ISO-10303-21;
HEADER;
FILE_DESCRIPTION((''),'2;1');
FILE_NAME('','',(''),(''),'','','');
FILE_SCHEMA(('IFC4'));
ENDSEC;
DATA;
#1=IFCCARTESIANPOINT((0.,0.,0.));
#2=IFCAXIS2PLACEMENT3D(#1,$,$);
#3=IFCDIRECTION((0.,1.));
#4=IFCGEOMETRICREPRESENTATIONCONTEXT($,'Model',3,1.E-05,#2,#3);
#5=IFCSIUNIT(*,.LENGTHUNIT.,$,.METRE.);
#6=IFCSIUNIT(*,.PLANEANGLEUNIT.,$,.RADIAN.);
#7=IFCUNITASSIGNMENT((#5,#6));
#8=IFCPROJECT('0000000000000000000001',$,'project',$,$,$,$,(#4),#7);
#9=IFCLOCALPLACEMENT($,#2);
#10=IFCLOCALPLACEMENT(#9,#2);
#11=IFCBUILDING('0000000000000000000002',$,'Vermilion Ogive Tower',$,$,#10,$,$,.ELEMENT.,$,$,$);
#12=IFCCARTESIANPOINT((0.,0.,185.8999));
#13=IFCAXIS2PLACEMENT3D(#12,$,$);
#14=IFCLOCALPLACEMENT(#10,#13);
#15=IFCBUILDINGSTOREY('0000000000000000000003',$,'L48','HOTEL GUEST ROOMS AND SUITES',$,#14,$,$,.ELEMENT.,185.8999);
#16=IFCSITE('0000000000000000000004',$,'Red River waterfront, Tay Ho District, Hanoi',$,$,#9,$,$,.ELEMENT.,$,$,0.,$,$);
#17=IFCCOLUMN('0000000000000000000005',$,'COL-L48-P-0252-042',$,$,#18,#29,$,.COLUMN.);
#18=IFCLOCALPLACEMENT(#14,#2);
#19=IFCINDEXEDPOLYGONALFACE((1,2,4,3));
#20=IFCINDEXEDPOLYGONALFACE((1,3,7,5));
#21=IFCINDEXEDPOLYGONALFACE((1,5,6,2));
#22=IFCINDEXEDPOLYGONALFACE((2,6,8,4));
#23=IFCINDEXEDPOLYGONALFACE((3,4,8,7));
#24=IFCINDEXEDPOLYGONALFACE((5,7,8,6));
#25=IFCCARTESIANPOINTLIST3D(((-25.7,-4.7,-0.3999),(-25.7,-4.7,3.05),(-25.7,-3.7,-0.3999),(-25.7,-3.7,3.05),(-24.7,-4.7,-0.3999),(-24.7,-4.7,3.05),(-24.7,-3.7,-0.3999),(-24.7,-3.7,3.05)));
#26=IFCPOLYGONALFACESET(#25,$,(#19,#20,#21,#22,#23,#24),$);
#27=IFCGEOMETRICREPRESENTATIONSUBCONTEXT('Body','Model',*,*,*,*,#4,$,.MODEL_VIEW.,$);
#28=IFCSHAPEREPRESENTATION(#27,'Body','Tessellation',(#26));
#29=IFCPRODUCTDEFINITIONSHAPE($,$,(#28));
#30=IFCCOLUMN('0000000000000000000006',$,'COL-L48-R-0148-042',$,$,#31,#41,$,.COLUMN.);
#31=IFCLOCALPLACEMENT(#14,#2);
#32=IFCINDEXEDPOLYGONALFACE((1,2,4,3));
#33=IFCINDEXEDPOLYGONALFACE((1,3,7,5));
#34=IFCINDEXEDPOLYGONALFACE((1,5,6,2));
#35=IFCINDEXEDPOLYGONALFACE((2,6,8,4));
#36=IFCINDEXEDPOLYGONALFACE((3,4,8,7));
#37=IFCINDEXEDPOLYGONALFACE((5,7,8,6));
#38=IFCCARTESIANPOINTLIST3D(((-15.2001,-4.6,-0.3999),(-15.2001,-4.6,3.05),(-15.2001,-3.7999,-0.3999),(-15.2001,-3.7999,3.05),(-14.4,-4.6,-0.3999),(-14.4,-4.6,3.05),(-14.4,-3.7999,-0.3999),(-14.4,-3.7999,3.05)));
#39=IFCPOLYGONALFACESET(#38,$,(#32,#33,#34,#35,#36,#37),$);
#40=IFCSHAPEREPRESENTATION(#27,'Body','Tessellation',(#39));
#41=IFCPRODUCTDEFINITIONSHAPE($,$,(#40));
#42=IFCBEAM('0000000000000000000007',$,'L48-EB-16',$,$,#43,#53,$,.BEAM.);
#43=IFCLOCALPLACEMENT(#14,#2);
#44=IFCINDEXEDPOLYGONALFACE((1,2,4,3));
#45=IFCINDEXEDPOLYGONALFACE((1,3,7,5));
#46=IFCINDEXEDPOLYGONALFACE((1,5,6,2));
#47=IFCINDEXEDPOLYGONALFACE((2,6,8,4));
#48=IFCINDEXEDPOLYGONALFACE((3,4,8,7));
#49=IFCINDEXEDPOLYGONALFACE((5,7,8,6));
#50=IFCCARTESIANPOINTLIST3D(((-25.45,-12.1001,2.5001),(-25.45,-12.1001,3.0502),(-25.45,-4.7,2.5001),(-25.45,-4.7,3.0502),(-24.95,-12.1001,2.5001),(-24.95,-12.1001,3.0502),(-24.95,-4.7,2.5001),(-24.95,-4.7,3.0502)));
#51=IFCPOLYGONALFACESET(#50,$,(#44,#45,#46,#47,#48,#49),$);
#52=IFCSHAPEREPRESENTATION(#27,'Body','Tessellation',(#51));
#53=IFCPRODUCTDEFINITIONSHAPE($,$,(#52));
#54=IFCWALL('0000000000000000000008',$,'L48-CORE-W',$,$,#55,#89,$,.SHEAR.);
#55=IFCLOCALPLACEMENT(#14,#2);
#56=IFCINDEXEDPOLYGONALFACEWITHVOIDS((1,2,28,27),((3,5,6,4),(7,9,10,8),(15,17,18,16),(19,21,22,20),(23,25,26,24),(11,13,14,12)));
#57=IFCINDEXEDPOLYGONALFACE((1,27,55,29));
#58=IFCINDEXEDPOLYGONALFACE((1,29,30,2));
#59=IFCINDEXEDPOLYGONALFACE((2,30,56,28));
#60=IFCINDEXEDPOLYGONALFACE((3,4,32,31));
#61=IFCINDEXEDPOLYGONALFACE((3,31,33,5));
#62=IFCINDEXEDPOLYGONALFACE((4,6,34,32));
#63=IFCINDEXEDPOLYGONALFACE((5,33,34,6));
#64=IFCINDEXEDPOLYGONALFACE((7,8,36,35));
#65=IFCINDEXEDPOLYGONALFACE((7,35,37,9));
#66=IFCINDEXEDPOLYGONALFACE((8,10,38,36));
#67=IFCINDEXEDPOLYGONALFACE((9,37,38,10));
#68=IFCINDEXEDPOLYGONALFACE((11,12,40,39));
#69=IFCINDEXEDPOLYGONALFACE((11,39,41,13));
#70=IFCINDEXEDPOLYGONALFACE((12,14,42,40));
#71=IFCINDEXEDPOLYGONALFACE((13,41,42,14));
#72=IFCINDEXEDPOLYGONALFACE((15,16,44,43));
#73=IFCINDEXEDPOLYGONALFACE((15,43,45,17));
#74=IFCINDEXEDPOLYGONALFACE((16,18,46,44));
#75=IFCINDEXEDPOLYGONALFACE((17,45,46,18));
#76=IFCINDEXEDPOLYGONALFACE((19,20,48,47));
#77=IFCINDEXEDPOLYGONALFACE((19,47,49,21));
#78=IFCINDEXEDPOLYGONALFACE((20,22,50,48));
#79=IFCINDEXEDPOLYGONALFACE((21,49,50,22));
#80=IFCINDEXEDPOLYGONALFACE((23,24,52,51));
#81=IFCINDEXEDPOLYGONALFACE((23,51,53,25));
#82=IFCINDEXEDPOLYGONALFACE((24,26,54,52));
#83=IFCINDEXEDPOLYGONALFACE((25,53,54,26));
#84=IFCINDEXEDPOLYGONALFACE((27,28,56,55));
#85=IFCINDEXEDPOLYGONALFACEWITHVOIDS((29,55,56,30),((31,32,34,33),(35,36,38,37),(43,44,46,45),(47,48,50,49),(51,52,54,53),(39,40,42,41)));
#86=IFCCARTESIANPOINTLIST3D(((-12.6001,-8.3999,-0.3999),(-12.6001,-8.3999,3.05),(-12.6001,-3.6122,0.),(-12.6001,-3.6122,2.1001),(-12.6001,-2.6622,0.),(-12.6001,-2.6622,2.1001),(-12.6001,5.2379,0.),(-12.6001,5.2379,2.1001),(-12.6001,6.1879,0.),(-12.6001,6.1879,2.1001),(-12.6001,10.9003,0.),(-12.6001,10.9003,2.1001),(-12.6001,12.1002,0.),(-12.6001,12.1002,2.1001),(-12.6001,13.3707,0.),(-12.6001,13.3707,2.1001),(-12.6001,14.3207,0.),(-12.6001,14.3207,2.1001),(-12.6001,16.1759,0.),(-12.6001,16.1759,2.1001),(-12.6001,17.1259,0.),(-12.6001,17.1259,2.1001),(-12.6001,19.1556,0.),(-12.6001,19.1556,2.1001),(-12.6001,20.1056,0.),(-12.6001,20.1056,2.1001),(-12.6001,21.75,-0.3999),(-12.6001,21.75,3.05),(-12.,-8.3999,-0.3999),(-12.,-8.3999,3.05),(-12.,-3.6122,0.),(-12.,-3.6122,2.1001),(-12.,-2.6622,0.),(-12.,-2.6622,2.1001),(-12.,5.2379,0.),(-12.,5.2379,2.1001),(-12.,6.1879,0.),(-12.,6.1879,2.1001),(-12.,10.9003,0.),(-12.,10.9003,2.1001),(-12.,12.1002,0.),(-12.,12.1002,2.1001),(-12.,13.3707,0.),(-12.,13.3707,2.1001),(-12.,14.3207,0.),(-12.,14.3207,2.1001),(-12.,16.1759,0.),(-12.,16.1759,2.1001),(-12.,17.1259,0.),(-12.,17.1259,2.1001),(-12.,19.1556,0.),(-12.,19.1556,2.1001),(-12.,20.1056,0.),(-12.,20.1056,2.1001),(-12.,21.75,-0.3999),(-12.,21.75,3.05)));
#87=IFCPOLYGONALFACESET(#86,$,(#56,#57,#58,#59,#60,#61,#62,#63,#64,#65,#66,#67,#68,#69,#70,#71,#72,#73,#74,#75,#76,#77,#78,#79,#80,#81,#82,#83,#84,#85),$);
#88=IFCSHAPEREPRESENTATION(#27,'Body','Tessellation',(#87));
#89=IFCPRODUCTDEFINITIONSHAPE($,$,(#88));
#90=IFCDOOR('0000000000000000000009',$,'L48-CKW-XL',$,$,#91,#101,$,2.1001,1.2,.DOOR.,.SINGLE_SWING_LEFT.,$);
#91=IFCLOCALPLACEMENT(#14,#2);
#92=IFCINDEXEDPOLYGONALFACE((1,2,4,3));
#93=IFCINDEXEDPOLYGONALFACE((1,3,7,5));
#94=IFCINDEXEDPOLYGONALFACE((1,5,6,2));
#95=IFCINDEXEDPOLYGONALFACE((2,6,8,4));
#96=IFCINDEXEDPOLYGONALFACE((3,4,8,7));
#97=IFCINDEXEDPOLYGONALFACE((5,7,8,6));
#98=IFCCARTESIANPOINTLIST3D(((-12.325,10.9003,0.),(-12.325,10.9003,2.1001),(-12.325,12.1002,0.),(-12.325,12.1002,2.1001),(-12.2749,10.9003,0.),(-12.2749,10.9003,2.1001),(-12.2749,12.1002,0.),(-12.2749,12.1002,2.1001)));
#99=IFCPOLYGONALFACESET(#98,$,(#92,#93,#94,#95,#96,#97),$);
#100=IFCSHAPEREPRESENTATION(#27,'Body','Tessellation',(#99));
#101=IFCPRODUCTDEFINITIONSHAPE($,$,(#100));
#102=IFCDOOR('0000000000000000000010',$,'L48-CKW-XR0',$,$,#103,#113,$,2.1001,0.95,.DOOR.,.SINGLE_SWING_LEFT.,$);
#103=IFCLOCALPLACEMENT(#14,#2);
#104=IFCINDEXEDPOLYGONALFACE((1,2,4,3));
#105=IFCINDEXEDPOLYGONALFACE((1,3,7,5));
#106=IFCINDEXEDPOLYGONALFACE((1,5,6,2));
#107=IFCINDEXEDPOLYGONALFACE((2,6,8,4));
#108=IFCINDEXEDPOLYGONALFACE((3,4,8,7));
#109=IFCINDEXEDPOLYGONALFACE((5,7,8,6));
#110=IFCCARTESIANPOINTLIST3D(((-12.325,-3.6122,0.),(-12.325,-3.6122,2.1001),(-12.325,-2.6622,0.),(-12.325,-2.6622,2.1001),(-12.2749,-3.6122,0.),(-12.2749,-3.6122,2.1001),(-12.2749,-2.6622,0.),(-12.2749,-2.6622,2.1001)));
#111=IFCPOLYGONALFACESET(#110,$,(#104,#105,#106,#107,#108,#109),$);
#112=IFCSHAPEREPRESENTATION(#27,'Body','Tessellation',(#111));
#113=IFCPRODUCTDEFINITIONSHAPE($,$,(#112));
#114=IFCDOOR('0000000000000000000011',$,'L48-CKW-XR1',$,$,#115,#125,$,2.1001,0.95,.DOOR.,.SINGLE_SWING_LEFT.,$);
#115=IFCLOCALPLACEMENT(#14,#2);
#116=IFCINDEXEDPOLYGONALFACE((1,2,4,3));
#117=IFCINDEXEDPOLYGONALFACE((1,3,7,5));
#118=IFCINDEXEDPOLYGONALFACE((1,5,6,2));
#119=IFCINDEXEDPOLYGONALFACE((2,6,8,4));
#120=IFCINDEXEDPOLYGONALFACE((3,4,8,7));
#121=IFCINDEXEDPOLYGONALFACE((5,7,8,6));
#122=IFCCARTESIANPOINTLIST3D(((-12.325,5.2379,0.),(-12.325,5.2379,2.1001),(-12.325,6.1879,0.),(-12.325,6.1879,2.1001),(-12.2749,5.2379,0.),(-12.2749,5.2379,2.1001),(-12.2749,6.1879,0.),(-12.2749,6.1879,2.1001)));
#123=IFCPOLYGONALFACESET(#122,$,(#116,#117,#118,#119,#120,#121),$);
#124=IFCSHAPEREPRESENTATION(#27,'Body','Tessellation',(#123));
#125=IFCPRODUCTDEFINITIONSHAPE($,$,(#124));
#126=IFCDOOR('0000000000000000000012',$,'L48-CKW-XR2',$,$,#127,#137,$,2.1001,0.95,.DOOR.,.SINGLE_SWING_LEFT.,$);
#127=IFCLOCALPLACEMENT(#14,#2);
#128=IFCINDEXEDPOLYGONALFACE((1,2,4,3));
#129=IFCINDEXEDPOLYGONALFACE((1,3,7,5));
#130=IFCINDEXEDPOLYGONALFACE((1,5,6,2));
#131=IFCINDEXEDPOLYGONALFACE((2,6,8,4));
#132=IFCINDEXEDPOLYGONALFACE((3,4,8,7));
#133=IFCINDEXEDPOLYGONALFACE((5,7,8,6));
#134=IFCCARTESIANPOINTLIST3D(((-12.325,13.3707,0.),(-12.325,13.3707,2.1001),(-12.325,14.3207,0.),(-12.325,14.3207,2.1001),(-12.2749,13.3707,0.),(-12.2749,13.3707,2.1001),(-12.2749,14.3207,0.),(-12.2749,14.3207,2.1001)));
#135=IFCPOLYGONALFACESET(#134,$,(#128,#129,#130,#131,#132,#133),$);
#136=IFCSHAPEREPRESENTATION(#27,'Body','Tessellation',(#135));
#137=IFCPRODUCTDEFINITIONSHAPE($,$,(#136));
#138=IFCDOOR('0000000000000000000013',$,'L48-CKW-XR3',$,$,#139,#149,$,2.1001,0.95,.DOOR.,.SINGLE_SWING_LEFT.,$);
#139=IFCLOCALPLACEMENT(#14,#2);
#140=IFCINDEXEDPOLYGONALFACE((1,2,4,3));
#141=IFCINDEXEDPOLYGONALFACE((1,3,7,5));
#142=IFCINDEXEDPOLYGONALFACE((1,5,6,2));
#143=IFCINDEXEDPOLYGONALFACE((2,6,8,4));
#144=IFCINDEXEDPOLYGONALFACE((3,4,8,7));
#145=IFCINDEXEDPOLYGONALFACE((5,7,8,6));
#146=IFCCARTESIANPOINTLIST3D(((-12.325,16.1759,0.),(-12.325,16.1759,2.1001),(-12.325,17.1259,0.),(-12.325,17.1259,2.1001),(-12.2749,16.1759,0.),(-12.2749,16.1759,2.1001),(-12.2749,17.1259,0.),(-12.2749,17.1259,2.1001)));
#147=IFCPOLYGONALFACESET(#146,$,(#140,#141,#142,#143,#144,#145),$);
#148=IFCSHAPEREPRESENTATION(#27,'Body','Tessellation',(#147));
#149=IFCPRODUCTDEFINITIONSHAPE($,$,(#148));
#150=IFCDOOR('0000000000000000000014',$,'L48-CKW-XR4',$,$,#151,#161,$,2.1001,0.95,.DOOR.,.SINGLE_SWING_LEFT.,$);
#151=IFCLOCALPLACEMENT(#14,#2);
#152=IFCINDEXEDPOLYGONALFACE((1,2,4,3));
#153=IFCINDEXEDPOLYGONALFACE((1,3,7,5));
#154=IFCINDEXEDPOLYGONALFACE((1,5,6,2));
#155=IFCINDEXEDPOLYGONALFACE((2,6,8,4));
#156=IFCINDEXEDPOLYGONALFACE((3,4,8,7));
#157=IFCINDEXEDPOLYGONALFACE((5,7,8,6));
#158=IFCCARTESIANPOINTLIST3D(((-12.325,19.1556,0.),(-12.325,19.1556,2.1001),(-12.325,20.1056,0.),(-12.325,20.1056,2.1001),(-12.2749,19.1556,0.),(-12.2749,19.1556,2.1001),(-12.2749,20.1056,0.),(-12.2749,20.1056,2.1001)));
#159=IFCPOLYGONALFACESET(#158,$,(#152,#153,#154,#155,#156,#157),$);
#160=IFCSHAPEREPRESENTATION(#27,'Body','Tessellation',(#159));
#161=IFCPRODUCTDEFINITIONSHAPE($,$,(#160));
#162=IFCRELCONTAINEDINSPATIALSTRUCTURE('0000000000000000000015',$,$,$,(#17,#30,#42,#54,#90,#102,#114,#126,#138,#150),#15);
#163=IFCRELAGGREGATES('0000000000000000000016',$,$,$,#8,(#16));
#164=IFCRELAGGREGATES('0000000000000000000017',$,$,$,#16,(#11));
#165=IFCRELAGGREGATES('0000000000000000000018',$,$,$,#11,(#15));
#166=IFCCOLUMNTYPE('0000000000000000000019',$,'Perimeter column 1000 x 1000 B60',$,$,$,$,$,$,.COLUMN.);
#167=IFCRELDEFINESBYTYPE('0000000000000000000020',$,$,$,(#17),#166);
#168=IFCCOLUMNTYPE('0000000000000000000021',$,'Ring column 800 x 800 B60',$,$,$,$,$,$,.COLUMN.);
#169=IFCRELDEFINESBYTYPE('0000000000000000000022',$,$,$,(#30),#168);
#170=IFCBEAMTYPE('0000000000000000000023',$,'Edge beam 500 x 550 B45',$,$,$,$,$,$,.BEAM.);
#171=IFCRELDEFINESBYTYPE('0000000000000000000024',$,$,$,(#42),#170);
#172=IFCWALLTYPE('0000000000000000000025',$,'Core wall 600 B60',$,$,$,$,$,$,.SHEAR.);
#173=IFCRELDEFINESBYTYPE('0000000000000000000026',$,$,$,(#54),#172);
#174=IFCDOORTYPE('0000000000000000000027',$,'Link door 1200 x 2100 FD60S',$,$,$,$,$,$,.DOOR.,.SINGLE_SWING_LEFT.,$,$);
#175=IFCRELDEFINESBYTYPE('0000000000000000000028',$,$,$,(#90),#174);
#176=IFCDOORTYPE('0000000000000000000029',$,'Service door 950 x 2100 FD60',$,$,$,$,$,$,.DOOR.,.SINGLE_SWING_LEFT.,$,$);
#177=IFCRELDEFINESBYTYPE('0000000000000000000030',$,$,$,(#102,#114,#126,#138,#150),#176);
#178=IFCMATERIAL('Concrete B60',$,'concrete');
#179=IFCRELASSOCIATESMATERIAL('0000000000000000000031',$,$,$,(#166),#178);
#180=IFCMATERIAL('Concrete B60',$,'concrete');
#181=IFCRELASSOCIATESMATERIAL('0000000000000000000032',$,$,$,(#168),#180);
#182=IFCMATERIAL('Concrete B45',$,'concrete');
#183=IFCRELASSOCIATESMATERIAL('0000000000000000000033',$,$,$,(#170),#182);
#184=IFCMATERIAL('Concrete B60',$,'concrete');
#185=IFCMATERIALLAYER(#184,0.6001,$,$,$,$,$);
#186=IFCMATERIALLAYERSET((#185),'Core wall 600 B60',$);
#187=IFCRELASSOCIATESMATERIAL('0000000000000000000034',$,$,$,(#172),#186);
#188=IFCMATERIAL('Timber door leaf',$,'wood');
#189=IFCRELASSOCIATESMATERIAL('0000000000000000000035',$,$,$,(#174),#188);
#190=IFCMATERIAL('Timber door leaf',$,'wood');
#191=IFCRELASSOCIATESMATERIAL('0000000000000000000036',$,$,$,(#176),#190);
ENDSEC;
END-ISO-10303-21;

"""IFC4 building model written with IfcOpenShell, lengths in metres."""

from ifc_helpers import new_model, si_unit, direction, frame, frame_2d, origin, origin_2d, place, context, subcontext, project, spatial, rectangle, extrude, material, layer, layer_set, material_profile, profile_set, type_object, element, fill, save


model = new_model("IFC4")

# Units and contexts
model_context = context("Model", 3, precision=1e-05, world=origin(), true_north=direction((0.0, 1.0)))
body_context = subcontext(model_context, "Body", "Model", "MODEL_VIEW")
ifc_project = project(units=[si_unit("LENGTHUNIT", "METRE"), si_unit("PLANEANGLEUNIT", "RADIAN")], contexts=[model_context])

# Site, building, storey
site_placement = place(None, origin())
site = spatial("IfcSite", under=ifc_project, at=site_placement, Name="Red River waterfront, Tay Ho District, Hanoi", CompositionType="ELEMENT", RefElevation=0.0)
building_placement = place(site_placement, origin())
building = spatial("IfcBuilding", under=site, at=building_placement, Name="Vermilion Ogive Tower", CompositionType="ELEMENT")
storey_placement = place(building_placement, frame((0.0, 0.0, 185.8999)))
storey = spatial("IfcBuildingStorey", under=building, at=storey_placement, Name="L48", Description="HOTEL GUEST ROOMS AND SUITES", CompositionType="ELEMENT", Elevation=185.8999)

# Columns
ifc_material_1 = material(Name="Concrete B60", Category="concrete")
ifc_material_profile_1 = material_profile(ifc_material_1, rectangle(XDim=1.0, YDim=1.0, at=origin_2d()), Name="1000 x 1000")
ifc_profile_set_1 = profile_set([ifc_material_profile_1], Name="Concrete B60")
column_type_1 = type_object("IfcColumnType", Name="Perimeter column 1000 x 1000 B60", PredefinedType="COLUMN", material=ifc_profile_set_1)
column_1_placement = place(storey_placement, frame((-25.2, -4.2, -0.3999), z_axis=(0.0, 0.0, 1.0), x_axis=(1.0, 0.0, 0.0)))
element("IfcColumn", 1, at=column_1_placement, inside=storey, type_object=column_type_1, Name="COL-L48-P-0252-042", PredefinedType="COLUMN", context=body_context, shape_type="SweptSolid", body=[
    extrude(rectangle(XDim=1.0, YDim=1.0, at=origin_2d()), origin(), (0.0, 0.0, 1.0), 3.45),
])
ifc_material_2 = material(Name="Concrete B60", Category="concrete")
ifc_material_profile_2 = material_profile(ifc_material_2, rectangle(XDim=0.8, YDim=0.8, at=origin_2d()), Name="800 x 800")
ifc_profile_set_2 = profile_set([ifc_material_profile_2], Name="Concrete B60")
column_type_2 = type_object("IfcColumnType", Name="Ring column 800 x 800 B60", PredefinedType="COLUMN", material=ifc_profile_set_2)
column_2_placement = place(storey_placement, frame((-14.8, -4.2, -0.3999), z_axis=(0.0, 0.0, 1.0), x_axis=(1.0, 0.0, 0.0)))
element("IfcColumn", 2, at=column_2_placement, inside=storey, type_object=column_type_2, Name="COL-L48-R-0148-042", PredefinedType="COLUMN", context=body_context, shape_type="SweptSolid", body=[
    extrude(rectangle(XDim=0.8, YDim=0.8, at=origin_2d()), origin(), (0.0, 0.0, 1.0), 3.45),
])

# Beam
ifc_material_3 = material(Name="Concrete B45", Category="concrete")
ifc_material_profile_3 = material_profile(ifc_material_3, rectangle(XDim=0.5, YDim=0.55, at=origin_2d()), Name="500 x 550")
ifc_profile_set_3 = profile_set([ifc_material_profile_3], Name="Concrete B45")
beam_type = type_object("IfcBeamType", Name="Edge beam 500 x 550 B45", PredefinedType="BEAM", material=ifc_profile_set_3)
beam_placement = place(storey_placement, frame((-25.2, -4.7, 2.7751), z_axis=(0.0, -1.0, 0.0), x_axis=(1.0, 0.0, 0.0)))
element("IfcBeam", 3, at=beam_placement, inside=storey, type_object=beam_type, Name="L48-EB-16", PredefinedType="BEAM", context=body_context, shape_type="SweptSolid", body=[
    extrude(rectangle(XDim=0.5, YDim=0.55, at=origin_2d()), origin(), (0.0, 0.0, 1.0), 7.4001),
])

# Wall, openings, doors
ifc_material_4 = material(Name="Concrete B60", Category="concrete")
ifc_layer_1 = layer(ifc_material_4, 0.6001)
ifc_layer_set_1 = layer_set([ifc_layer_1], Name="Core wall 600 B60")
wall_type_1 = type_object("IfcWallType", Name="Core wall 600 B60", PredefinedType="SHEAR", material=ifc_layer_set_1)
wall_1_placement = place(storey_placement, frame((-12.3, -8.3999, -0.3999), z_axis=(0.0, 0.0, 1.0), x_axis=(0.0, 1.0, 0.0)))
wall_1 = element("IfcWall", 4, at=wall_1_placement, inside=storey, type_object=wall_type_1, Name="L48-CORE-W", PredefinedType="SHEAR", context=body_context, shape_type="SweptSolid", body=[
    extrude(rectangle(XDim=30.1499, YDim=0.6001, at=frame_2d((15.075, 0.0))), origin(), (0.0, 0.0, 1.0), 3.45),
])
opening_1_placement = place(wall_1_placement, frame((4.7876, 0.0, 0.3999)))
opening_1 = element("IfcOpeningElement", 5, at=opening_1_placement, cuts=wall_1, PredefinedType="OPENING", context=body_context, shape_type="SweptSolid", body=[
    extrude(rectangle(XDim=0.95, YDim=2.1001, at=frame_2d((0.4751, 1.05))), frame((0.0, 0.3101, 0.0), z_axis=(0.0, -1.0, 0.0), x_axis=(1.0, 0.0, 0.0)), (0.0, 0.0, 1.0), 0.6201),
])
opening_2_placement = place(wall_1_placement, frame((13.6377, 0.0, 0.3999)))
opening_2 = element("IfcOpeningElement", 6, at=opening_2_placement, cuts=wall_1, PredefinedType="OPENING", context=body_context, shape_type="SweptSolid", body=[
    extrude(rectangle(XDim=0.95, YDim=2.1001, at=frame_2d((0.4751, 1.05))), frame((0.0, 0.3101, 0.0), z_axis=(0.0, -1.0, 0.0), x_axis=(1.0, 0.0, 0.0)), (0.0, 0.0, 1.0), 0.6201),
])
opening_3_placement = place(wall_1_placement, frame((21.7705, 0.0, 0.3999)))
opening_3 = element("IfcOpeningElement", 7, at=opening_3_placement, cuts=wall_1, PredefinedType="OPENING", context=body_context, shape_type="SweptSolid", body=[
    extrude(rectangle(XDim=0.95, YDim=2.1001, at=frame_2d((0.4751, 1.05))), frame((0.0, 0.3101, 0.0), z_axis=(0.0, -1.0, 0.0), x_axis=(1.0, 0.0, 0.0)), (0.0, 0.0, 1.0), 0.6201),
])
opening_4_placement = place(wall_1_placement, frame((24.5757, 0.0, 0.3999)))
opening_4 = element("IfcOpeningElement", 8, at=opening_4_placement, cuts=wall_1, PredefinedType="OPENING", context=body_context, shape_type="SweptSolid", body=[
    extrude(rectangle(XDim=0.95, YDim=2.1001, at=frame_2d((0.4751, 1.05))), frame((0.0, 0.3101, 0.0), z_axis=(0.0, -1.0, 0.0), x_axis=(1.0, 0.0, 0.0)), (0.0, 0.0, 1.0), 0.6201),
])
opening_5_placement = place(wall_1_placement, frame((27.5554, 0.0, 0.3999)))
opening_5 = element("IfcOpeningElement", 9, at=opening_5_placement, cuts=wall_1, PredefinedType="OPENING", context=body_context, shape_type="SweptSolid", body=[
    extrude(rectangle(XDim=0.95, YDim=2.1001, at=frame_2d((0.4751, 1.05))), frame((0.0, 0.3101, 0.0), z_axis=(0.0, -1.0, 0.0), x_axis=(1.0, 0.0, 0.0)), (0.0, 0.0, 1.0), 0.6201),
])
opening_6_placement = place(wall_1_placement, frame((19.3, 0.0, 0.3999)))
opening_6 = element("IfcOpeningElement", 10, at=opening_6_placement, cuts=wall_1, PredefinedType="OPENING", context=body_context, shape_type="SweptSolid", body=[
    extrude(rectangle(XDim=1.2, YDim=2.1001, at=frame_2d((0.6001, 1.05))), frame((0.0, 0.3101, 0.0), z_axis=(0.0, -1.0, 0.0), x_axis=(1.0, 0.0, 0.0)), (0.0, 0.0, 1.0), 0.6201),
])
ifc_material_5 = material(Name="Timber door leaf", Category="wood")
door_type_1 = type_object("IfcDoorType", Name="Link door 1200 x 2100 FD60S", OperationType="SINGLE_SWING_LEFT", PredefinedType="DOOR", material=ifc_material_5)
door_1_placement = place(opening_6_placement, origin())
door_1 = element("IfcDoor", 11, at=door_1_placement, inside=storey, type_object=door_type_1, Name="L48-CKW-XL", OperationType="SINGLE_SWING_LEFT", OverallHeight=2.1001, OverallWidth=1.2, PredefinedType="DOOR", context=body_context, shape_type="SweptSolid", body=[
    extrude(rectangle(XDim=1.2, YDim=2.1001, at=frame_2d((0.6001, 1.05))), frame((0.0, 0.0249, 0.0), z_axis=(0.0, -1.0, 0.0), x_axis=(1.0, 0.0, 0.0)), (0.0, 0.0, 1.0), 0.05),
])
fill(opening_6, door_1)
ifc_material_6 = material(Name="Timber door leaf", Category="wood")
door_type_2 = type_object("IfcDoorType", Name="Service door 950 x 2100 FD60", OperationType="SINGLE_SWING_LEFT", PredefinedType="DOOR", material=ifc_material_6)
door_2_placement = place(opening_1_placement, origin())
door_2 = element("IfcDoor", 12, at=door_2_placement, inside=storey, type_object=door_type_2, Name="L48-CKW-XR0", OperationType="SINGLE_SWING_LEFT", OverallHeight=2.1001, OverallWidth=0.95, PredefinedType="DOOR", context=body_context, shape_type="SweptSolid", body=[
    extrude(rectangle(XDim=0.95, YDim=2.1001, at=frame_2d((0.4751, 1.05))), frame((0.0, 0.0249, 0.0), z_axis=(0.0, -1.0, 0.0), x_axis=(1.0, 0.0, 0.0)), (0.0, 0.0, 1.0), 0.05),
])
fill(opening_1, door_2)
door_3_placement = place(opening_2_placement, origin())
door_3 = element("IfcDoor", 13, at=door_3_placement, inside=storey, type_object=door_type_2, Name="L48-CKW-XR1", OperationType="SINGLE_SWING_LEFT", OverallHeight=2.1001, OverallWidth=0.95, PredefinedType="DOOR", context=body_context, shape_type="SweptSolid", body=[
    extrude(rectangle(XDim=0.95, YDim=2.1001, at=frame_2d((0.4751, 1.05))), frame((0.0, 0.0249, 0.0), z_axis=(0.0, -1.0, 0.0), x_axis=(1.0, 0.0, 0.0)), (0.0, 0.0, 1.0), 0.05),
])
fill(opening_2, door_3)
door_4_placement = place(opening_3_placement, origin())
door_4 = element("IfcDoor", 14, at=door_4_placement, inside=storey, type_object=door_type_2, Name="L48-CKW-XR2", OperationType="SINGLE_SWING_LEFT", OverallHeight=2.1001, OverallWidth=0.95, PredefinedType="DOOR", context=body_context, shape_type="SweptSolid", body=[
    extrude(rectangle(XDim=0.95, YDim=2.1001, at=frame_2d((0.4751, 1.05))), frame((0.0, 0.0249, 0.0), z_axis=(0.0, -1.0, 0.0), x_axis=(1.0, 0.0, 0.0)), (0.0, 0.0, 1.0), 0.05),
])
fill(opening_3, door_4)
door_5_placement = place(opening_4_placement, origin())
door_5 = element("IfcDoor", 15, at=door_5_placement, inside=storey, type_object=door_type_2, Name="L48-CKW-XR3", OperationType="SINGLE_SWING_LEFT", OverallHeight=2.1001, OverallWidth=0.95, PredefinedType="DOOR", context=body_context, shape_type="SweptSolid", body=[
    extrude(rectangle(XDim=0.95, YDim=2.1001, at=frame_2d((0.4751, 1.05))), frame((0.0, 0.0249, 0.0), z_axis=(0.0, -1.0, 0.0), x_axis=(1.0, 0.0, 0.0)), (0.0, 0.0, 1.0), 0.05),
])
fill(opening_4, door_5)
door_6_placement = place(opening_5_placement, origin())
door_6 = element("IfcDoor", 16, at=door_6_placement, inside=storey, type_object=door_type_2, Name="L48-CKW-XR4", OperationType="SINGLE_SWING_LEFT", OverallHeight=2.1001, OverallWidth=0.95, PredefinedType="DOOR", context=body_context, shape_type="SweptSolid", body=[
    extrude(rectangle(XDim=0.95, YDim=2.1001, at=frame_2d((0.4751, 1.05))), frame((0.0, 0.0249, 0.0), z_axis=(0.0, -1.0, 0.0), x_axis=(1.0, 0.0, 0.0)), (0.0, 0.0, 1.0), 0.05),
])
fill(opening_5, door_6)

save(model, "model.ifc")
